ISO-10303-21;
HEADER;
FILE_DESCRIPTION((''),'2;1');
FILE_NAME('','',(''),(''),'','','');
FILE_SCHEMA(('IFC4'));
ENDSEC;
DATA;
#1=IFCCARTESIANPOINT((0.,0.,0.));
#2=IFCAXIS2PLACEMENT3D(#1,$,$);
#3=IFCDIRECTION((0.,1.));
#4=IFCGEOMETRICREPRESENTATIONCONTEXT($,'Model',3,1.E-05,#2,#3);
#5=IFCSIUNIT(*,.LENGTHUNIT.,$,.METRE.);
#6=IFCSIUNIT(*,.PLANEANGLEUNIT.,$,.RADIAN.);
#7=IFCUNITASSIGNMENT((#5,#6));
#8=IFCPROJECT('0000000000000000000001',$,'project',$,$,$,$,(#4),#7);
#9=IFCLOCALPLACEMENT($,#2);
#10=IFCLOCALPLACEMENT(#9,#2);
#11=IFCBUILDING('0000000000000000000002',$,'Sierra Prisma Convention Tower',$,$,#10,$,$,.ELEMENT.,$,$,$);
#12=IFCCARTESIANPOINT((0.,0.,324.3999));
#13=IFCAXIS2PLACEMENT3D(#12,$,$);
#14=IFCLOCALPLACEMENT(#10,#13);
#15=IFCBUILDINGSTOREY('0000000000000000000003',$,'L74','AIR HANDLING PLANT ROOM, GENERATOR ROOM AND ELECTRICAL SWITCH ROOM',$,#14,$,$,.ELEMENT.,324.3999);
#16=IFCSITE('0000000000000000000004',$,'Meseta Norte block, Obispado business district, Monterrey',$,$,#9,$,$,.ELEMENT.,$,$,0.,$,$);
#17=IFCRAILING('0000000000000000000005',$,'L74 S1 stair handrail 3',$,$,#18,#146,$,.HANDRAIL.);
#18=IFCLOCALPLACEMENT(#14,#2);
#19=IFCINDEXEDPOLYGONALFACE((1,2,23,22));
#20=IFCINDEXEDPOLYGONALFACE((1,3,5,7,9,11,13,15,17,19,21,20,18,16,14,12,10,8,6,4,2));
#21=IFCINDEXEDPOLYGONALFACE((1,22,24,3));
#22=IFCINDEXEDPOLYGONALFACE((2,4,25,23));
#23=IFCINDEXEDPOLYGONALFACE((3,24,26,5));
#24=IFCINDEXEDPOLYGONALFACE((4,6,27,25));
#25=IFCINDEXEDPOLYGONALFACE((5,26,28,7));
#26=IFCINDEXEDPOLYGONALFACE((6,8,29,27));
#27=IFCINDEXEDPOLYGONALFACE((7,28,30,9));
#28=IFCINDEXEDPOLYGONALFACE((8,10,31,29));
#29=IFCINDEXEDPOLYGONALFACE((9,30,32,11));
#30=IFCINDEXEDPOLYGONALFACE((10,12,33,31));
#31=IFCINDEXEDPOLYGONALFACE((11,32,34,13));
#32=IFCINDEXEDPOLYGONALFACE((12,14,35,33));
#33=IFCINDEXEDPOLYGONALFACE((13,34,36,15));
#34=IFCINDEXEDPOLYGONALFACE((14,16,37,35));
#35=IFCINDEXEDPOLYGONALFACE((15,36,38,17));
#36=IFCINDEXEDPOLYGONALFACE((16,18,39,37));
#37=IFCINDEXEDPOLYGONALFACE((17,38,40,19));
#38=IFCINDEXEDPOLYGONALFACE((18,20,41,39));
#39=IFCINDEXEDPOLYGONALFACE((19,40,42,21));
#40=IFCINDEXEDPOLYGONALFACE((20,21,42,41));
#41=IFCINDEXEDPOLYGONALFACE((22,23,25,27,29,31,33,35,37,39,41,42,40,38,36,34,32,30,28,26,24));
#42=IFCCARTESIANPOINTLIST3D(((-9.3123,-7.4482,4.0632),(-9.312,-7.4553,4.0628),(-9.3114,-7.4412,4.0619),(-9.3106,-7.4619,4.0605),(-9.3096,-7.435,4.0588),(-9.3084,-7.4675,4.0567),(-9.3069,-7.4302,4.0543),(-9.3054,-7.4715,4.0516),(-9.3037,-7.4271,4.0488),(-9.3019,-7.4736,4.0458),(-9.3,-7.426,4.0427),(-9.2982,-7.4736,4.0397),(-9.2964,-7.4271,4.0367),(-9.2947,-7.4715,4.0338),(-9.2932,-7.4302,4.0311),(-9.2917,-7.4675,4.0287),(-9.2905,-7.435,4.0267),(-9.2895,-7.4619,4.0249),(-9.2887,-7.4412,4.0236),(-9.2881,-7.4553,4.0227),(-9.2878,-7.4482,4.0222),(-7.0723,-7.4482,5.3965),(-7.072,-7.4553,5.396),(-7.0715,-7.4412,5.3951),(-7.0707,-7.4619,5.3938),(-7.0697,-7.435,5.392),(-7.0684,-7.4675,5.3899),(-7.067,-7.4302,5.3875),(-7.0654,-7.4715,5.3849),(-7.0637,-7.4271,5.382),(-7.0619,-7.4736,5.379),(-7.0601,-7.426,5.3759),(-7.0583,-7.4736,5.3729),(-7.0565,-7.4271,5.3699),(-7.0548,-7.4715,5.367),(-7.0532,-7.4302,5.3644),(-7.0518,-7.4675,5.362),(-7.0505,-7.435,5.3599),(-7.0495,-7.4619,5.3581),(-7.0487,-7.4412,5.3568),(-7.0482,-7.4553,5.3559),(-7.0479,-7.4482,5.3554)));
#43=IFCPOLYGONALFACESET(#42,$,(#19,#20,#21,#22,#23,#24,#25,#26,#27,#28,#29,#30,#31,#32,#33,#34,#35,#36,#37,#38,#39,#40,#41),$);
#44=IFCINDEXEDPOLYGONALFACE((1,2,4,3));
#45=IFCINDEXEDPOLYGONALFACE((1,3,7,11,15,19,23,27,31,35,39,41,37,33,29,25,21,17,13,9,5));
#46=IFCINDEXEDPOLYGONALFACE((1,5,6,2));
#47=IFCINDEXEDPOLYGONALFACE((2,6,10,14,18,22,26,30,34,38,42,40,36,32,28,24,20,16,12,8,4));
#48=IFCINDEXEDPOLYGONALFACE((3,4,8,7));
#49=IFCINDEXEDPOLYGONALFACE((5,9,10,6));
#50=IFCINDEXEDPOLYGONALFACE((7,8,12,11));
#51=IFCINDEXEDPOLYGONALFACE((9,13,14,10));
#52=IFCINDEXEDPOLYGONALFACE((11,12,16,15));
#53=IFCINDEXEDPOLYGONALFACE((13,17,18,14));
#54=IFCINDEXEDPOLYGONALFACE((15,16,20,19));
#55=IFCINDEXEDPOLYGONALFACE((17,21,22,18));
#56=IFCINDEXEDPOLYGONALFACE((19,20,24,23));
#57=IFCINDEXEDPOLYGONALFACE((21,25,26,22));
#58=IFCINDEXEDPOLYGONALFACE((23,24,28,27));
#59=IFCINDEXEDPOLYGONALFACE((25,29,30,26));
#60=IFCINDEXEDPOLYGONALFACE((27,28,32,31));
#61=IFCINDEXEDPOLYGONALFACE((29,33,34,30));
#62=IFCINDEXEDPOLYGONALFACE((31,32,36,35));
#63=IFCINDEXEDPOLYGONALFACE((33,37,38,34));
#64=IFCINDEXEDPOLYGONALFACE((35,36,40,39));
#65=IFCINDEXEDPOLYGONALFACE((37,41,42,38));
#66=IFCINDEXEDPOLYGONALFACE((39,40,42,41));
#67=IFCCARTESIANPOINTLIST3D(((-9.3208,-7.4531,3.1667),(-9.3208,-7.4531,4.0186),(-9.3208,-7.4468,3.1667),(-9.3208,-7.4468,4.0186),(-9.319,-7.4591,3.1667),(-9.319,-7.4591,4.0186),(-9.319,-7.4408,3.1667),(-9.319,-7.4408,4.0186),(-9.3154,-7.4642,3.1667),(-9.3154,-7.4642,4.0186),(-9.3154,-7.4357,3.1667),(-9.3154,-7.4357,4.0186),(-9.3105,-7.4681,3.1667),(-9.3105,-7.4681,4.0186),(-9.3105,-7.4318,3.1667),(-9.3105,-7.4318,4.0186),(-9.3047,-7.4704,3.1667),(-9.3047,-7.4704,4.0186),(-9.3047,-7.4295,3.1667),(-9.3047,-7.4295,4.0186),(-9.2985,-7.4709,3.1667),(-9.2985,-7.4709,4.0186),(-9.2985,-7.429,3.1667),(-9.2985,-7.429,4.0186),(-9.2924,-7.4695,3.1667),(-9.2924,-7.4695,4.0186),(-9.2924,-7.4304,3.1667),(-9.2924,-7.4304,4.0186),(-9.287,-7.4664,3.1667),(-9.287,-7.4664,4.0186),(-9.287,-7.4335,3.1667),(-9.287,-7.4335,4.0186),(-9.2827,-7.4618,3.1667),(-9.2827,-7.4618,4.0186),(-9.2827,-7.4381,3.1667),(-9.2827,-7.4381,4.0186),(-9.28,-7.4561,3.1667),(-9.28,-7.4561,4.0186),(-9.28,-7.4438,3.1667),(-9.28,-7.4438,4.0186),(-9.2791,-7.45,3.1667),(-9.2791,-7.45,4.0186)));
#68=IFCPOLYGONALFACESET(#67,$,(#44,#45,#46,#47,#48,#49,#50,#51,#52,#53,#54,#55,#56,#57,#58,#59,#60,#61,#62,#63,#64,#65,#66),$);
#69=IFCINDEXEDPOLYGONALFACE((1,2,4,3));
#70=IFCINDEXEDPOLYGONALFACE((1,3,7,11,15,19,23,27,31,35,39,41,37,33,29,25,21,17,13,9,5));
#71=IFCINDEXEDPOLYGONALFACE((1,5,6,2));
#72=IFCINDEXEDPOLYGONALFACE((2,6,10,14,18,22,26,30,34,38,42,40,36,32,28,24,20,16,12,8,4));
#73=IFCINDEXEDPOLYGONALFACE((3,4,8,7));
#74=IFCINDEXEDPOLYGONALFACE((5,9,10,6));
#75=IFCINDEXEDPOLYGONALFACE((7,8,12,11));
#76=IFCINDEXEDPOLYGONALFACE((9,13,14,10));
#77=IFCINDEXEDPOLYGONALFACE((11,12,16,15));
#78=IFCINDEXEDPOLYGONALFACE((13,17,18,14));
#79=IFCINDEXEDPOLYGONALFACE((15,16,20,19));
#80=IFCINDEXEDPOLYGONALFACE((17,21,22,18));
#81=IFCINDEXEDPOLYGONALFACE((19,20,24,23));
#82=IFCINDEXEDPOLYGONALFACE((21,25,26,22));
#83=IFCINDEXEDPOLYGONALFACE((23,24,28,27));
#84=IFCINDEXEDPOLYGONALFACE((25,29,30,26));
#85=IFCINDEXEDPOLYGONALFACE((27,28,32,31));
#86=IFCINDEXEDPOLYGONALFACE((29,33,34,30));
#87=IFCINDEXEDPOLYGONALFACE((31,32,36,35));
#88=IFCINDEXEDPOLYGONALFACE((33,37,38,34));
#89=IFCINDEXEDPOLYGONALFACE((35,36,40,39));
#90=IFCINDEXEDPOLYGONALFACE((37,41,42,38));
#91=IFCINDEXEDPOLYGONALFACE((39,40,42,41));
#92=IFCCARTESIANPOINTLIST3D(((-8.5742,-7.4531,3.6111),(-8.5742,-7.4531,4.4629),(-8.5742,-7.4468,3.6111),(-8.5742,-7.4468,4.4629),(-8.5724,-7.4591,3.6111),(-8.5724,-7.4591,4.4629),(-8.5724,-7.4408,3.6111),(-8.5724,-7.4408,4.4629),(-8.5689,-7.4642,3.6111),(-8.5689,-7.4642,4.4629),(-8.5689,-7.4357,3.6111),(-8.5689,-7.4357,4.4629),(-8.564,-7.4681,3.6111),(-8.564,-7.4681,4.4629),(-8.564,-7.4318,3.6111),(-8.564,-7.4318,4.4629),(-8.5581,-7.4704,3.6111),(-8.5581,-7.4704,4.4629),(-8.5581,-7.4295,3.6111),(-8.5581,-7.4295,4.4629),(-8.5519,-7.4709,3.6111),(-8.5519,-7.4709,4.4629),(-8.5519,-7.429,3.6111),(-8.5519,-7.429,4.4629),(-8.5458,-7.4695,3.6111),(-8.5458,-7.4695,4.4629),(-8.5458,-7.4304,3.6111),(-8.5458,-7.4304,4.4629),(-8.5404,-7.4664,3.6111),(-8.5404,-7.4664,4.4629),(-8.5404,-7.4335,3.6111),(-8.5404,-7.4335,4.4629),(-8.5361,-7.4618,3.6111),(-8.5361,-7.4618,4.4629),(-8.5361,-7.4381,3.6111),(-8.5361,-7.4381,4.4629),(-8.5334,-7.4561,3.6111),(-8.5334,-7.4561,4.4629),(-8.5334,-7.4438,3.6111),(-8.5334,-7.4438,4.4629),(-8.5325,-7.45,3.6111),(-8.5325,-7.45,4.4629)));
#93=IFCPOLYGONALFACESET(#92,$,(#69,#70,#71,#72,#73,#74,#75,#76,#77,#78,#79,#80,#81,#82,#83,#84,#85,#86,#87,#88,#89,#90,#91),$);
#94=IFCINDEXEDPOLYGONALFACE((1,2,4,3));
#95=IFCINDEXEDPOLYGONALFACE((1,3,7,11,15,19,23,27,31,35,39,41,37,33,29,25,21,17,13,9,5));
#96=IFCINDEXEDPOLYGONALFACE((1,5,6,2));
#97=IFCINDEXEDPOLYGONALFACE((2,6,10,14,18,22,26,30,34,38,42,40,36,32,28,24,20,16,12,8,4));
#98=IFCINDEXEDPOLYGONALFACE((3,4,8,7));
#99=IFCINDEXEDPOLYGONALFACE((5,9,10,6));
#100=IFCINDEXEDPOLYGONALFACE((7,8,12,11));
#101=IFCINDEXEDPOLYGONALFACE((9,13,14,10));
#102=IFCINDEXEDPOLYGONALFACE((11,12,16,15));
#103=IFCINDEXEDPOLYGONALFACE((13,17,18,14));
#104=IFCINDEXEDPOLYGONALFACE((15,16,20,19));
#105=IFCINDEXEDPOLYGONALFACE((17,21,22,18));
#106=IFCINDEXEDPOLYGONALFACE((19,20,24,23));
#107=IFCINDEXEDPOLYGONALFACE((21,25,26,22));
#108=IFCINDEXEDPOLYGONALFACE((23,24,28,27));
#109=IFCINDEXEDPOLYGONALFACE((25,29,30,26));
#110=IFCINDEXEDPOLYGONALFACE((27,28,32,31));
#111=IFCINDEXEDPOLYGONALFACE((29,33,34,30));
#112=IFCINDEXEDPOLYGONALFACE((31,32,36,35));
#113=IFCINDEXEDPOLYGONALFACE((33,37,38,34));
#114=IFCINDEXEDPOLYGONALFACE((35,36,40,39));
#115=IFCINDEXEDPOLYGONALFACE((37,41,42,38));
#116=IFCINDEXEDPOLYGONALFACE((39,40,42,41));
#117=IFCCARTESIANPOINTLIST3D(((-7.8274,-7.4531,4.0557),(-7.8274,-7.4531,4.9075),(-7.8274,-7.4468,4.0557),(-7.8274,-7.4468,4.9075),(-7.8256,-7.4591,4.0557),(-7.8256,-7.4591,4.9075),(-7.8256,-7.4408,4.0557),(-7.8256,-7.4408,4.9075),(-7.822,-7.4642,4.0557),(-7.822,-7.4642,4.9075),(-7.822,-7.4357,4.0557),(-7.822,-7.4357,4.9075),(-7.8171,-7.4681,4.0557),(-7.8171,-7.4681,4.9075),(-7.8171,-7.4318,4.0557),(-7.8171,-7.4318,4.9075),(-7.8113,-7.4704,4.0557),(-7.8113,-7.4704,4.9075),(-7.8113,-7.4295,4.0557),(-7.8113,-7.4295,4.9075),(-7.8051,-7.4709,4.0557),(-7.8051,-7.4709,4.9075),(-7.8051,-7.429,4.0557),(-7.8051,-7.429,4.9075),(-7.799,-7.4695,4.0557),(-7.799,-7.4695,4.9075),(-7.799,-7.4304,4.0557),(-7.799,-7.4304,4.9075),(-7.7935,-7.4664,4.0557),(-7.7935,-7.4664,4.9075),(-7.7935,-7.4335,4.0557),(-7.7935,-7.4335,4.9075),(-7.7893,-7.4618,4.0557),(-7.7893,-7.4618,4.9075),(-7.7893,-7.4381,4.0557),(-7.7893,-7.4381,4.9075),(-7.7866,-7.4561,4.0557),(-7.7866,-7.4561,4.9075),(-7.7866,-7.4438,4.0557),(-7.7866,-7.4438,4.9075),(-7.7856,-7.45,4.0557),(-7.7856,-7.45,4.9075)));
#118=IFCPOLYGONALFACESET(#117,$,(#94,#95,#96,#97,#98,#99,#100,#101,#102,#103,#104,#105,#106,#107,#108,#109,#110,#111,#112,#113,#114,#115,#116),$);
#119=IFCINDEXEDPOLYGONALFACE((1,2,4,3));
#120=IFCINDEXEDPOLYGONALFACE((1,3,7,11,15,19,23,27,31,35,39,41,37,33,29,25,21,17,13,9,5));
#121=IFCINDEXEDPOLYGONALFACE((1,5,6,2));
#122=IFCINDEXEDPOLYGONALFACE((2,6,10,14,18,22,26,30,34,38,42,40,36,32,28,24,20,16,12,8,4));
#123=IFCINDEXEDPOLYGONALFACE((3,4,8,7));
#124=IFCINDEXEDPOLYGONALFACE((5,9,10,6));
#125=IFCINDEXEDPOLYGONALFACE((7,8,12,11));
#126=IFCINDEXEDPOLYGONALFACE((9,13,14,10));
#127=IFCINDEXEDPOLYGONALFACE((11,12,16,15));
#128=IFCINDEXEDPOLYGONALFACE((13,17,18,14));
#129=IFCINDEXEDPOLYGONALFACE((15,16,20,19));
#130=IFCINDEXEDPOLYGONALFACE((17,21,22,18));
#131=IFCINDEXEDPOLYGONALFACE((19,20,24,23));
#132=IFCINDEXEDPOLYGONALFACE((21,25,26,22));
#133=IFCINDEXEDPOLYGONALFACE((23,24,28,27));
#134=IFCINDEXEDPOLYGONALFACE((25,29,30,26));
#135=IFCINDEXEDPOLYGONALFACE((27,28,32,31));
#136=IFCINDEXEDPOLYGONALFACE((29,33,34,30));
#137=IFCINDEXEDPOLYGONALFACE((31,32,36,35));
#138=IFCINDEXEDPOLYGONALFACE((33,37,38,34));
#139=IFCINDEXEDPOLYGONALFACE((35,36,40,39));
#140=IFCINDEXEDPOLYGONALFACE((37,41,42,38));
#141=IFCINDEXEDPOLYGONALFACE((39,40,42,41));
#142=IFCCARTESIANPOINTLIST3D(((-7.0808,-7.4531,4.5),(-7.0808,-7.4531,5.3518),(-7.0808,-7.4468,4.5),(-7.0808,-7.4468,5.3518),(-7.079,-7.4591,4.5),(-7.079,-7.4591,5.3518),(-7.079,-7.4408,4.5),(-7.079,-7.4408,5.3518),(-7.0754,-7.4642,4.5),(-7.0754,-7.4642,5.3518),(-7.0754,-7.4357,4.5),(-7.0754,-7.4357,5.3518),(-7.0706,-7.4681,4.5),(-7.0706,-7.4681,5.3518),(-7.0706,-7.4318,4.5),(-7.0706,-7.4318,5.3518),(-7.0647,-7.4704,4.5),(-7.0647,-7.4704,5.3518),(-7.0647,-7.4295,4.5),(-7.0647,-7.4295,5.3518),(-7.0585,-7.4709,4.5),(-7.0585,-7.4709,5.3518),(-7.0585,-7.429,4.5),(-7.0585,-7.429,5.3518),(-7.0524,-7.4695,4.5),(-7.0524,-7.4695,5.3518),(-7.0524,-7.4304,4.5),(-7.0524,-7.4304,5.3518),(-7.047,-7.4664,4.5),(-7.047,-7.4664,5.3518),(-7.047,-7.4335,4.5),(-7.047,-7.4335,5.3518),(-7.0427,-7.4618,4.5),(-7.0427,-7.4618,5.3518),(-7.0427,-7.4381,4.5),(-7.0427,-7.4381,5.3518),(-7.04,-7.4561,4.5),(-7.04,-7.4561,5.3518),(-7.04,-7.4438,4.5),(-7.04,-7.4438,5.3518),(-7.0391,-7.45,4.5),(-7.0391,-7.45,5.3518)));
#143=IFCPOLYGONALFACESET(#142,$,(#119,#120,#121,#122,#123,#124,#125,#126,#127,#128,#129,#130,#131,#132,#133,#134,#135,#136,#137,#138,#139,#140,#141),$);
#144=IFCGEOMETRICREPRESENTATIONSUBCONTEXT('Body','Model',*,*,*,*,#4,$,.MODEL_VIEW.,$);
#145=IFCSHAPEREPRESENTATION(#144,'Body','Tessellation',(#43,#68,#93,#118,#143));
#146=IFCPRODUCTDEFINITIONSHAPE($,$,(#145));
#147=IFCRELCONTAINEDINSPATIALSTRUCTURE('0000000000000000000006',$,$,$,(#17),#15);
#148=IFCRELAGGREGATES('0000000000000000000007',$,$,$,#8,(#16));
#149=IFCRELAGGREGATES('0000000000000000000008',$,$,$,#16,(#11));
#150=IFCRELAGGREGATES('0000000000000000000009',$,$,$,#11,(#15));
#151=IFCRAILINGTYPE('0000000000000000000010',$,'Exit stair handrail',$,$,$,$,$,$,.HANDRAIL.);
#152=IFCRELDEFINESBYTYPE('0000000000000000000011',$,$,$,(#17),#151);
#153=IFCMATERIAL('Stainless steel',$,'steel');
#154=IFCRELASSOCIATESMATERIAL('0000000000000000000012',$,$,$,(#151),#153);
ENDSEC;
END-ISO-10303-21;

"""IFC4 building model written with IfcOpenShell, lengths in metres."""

from ifc_helpers import new_model, si_unit, direction, frame, origin, origin_2d, place, context, subcontext, project, spatial, circle, extrude, material, type_object, element, save


model = new_model("IFC4")

# Units and contexts
model_context = context("Model", 3, precision=1e-05, world=origin(), true_north=direction((0.0, 1.0)))
body_context = subcontext(model_context, "Body", "Model", "MODEL_VIEW")
ifc_project = project(units=[si_unit("LENGTHUNIT", "METRE"), si_unit("PLANEANGLEUNIT", "RADIAN")], contexts=[model_context])

# Site, building, storey
site_placement = place(None, origin())
site = spatial("IfcSite", under=ifc_project, at=site_placement, Name="Meseta Norte block, Obispado business district, Monterrey", CompositionType="ELEMENT", RefElevation=0.0)
building_placement = place(site_placement, origin())
building = spatial("IfcBuilding", under=site, at=building_placement, Name="Sierra Prisma Convention Tower", CompositionType="ELEMENT")
storey_placement = place(building_placement, frame((0.0, 0.0, 324.3999)))
storey = spatial("IfcBuildingStorey", under=building, at=storey_placement, Name="L74", Description="AIR HANDLING PLANT ROOM, GENERATOR ROOM AND ELECTRICAL SWITCH ROOM", CompositionType="ELEMENT", Elevation=324.3999)

# Railing
ifc_material_1 = material(Name="Stainless steel", Category="steel")
railing_type_1 = type_object("IfcRailingType", Name="Exit stair handrail", PredefinedType="HANDRAIL", material=ifc_material_1)
for number, where, name in (
    (1, (-9.3, -7.45, 3.1667), "L74 S1 stair handrail 3"),
):
    element("IfcRailing", number, at=place(storey_placement, frame(where)), inside=storey, type_object=railing_type_1, Name=name, PredefinedType="HANDRAIL", context=body_context, shape_type="SweptSolid", body=[
        extrude(circle(Radius=0.0239, at=origin_2d()), frame((0.0, 0.0, 0.876), z_axis=(0.859306, 0.0, 0.511462), x_axis=(0.0, 1.0, 0.0)), (0.0, 0.0, 1.0), 2.6067),
        extrude(circle(Radius=0.021, at=origin_2d()), origin(), (0.0, 0.0, 1.0), 0.8518),
        extrude(circle(Radius=0.021, at=origin_2d()), frame((0.7466, 0.0, 0.4443)), (0.0, 0.0, 1.0), 0.8518),
        extrude(circle(Radius=0.021, at=origin_2d()), frame((1.4934, 0.0, 0.8889)), (0.0, 0.0, 1.0), 0.8518),
        extrude(circle(Radius=0.021, at=origin_2d()), frame((2.24, 0.0, 1.3333)), (0.0, 0.0, 1.0), 0.8518),
    ])

save(model, "model.ifc")
